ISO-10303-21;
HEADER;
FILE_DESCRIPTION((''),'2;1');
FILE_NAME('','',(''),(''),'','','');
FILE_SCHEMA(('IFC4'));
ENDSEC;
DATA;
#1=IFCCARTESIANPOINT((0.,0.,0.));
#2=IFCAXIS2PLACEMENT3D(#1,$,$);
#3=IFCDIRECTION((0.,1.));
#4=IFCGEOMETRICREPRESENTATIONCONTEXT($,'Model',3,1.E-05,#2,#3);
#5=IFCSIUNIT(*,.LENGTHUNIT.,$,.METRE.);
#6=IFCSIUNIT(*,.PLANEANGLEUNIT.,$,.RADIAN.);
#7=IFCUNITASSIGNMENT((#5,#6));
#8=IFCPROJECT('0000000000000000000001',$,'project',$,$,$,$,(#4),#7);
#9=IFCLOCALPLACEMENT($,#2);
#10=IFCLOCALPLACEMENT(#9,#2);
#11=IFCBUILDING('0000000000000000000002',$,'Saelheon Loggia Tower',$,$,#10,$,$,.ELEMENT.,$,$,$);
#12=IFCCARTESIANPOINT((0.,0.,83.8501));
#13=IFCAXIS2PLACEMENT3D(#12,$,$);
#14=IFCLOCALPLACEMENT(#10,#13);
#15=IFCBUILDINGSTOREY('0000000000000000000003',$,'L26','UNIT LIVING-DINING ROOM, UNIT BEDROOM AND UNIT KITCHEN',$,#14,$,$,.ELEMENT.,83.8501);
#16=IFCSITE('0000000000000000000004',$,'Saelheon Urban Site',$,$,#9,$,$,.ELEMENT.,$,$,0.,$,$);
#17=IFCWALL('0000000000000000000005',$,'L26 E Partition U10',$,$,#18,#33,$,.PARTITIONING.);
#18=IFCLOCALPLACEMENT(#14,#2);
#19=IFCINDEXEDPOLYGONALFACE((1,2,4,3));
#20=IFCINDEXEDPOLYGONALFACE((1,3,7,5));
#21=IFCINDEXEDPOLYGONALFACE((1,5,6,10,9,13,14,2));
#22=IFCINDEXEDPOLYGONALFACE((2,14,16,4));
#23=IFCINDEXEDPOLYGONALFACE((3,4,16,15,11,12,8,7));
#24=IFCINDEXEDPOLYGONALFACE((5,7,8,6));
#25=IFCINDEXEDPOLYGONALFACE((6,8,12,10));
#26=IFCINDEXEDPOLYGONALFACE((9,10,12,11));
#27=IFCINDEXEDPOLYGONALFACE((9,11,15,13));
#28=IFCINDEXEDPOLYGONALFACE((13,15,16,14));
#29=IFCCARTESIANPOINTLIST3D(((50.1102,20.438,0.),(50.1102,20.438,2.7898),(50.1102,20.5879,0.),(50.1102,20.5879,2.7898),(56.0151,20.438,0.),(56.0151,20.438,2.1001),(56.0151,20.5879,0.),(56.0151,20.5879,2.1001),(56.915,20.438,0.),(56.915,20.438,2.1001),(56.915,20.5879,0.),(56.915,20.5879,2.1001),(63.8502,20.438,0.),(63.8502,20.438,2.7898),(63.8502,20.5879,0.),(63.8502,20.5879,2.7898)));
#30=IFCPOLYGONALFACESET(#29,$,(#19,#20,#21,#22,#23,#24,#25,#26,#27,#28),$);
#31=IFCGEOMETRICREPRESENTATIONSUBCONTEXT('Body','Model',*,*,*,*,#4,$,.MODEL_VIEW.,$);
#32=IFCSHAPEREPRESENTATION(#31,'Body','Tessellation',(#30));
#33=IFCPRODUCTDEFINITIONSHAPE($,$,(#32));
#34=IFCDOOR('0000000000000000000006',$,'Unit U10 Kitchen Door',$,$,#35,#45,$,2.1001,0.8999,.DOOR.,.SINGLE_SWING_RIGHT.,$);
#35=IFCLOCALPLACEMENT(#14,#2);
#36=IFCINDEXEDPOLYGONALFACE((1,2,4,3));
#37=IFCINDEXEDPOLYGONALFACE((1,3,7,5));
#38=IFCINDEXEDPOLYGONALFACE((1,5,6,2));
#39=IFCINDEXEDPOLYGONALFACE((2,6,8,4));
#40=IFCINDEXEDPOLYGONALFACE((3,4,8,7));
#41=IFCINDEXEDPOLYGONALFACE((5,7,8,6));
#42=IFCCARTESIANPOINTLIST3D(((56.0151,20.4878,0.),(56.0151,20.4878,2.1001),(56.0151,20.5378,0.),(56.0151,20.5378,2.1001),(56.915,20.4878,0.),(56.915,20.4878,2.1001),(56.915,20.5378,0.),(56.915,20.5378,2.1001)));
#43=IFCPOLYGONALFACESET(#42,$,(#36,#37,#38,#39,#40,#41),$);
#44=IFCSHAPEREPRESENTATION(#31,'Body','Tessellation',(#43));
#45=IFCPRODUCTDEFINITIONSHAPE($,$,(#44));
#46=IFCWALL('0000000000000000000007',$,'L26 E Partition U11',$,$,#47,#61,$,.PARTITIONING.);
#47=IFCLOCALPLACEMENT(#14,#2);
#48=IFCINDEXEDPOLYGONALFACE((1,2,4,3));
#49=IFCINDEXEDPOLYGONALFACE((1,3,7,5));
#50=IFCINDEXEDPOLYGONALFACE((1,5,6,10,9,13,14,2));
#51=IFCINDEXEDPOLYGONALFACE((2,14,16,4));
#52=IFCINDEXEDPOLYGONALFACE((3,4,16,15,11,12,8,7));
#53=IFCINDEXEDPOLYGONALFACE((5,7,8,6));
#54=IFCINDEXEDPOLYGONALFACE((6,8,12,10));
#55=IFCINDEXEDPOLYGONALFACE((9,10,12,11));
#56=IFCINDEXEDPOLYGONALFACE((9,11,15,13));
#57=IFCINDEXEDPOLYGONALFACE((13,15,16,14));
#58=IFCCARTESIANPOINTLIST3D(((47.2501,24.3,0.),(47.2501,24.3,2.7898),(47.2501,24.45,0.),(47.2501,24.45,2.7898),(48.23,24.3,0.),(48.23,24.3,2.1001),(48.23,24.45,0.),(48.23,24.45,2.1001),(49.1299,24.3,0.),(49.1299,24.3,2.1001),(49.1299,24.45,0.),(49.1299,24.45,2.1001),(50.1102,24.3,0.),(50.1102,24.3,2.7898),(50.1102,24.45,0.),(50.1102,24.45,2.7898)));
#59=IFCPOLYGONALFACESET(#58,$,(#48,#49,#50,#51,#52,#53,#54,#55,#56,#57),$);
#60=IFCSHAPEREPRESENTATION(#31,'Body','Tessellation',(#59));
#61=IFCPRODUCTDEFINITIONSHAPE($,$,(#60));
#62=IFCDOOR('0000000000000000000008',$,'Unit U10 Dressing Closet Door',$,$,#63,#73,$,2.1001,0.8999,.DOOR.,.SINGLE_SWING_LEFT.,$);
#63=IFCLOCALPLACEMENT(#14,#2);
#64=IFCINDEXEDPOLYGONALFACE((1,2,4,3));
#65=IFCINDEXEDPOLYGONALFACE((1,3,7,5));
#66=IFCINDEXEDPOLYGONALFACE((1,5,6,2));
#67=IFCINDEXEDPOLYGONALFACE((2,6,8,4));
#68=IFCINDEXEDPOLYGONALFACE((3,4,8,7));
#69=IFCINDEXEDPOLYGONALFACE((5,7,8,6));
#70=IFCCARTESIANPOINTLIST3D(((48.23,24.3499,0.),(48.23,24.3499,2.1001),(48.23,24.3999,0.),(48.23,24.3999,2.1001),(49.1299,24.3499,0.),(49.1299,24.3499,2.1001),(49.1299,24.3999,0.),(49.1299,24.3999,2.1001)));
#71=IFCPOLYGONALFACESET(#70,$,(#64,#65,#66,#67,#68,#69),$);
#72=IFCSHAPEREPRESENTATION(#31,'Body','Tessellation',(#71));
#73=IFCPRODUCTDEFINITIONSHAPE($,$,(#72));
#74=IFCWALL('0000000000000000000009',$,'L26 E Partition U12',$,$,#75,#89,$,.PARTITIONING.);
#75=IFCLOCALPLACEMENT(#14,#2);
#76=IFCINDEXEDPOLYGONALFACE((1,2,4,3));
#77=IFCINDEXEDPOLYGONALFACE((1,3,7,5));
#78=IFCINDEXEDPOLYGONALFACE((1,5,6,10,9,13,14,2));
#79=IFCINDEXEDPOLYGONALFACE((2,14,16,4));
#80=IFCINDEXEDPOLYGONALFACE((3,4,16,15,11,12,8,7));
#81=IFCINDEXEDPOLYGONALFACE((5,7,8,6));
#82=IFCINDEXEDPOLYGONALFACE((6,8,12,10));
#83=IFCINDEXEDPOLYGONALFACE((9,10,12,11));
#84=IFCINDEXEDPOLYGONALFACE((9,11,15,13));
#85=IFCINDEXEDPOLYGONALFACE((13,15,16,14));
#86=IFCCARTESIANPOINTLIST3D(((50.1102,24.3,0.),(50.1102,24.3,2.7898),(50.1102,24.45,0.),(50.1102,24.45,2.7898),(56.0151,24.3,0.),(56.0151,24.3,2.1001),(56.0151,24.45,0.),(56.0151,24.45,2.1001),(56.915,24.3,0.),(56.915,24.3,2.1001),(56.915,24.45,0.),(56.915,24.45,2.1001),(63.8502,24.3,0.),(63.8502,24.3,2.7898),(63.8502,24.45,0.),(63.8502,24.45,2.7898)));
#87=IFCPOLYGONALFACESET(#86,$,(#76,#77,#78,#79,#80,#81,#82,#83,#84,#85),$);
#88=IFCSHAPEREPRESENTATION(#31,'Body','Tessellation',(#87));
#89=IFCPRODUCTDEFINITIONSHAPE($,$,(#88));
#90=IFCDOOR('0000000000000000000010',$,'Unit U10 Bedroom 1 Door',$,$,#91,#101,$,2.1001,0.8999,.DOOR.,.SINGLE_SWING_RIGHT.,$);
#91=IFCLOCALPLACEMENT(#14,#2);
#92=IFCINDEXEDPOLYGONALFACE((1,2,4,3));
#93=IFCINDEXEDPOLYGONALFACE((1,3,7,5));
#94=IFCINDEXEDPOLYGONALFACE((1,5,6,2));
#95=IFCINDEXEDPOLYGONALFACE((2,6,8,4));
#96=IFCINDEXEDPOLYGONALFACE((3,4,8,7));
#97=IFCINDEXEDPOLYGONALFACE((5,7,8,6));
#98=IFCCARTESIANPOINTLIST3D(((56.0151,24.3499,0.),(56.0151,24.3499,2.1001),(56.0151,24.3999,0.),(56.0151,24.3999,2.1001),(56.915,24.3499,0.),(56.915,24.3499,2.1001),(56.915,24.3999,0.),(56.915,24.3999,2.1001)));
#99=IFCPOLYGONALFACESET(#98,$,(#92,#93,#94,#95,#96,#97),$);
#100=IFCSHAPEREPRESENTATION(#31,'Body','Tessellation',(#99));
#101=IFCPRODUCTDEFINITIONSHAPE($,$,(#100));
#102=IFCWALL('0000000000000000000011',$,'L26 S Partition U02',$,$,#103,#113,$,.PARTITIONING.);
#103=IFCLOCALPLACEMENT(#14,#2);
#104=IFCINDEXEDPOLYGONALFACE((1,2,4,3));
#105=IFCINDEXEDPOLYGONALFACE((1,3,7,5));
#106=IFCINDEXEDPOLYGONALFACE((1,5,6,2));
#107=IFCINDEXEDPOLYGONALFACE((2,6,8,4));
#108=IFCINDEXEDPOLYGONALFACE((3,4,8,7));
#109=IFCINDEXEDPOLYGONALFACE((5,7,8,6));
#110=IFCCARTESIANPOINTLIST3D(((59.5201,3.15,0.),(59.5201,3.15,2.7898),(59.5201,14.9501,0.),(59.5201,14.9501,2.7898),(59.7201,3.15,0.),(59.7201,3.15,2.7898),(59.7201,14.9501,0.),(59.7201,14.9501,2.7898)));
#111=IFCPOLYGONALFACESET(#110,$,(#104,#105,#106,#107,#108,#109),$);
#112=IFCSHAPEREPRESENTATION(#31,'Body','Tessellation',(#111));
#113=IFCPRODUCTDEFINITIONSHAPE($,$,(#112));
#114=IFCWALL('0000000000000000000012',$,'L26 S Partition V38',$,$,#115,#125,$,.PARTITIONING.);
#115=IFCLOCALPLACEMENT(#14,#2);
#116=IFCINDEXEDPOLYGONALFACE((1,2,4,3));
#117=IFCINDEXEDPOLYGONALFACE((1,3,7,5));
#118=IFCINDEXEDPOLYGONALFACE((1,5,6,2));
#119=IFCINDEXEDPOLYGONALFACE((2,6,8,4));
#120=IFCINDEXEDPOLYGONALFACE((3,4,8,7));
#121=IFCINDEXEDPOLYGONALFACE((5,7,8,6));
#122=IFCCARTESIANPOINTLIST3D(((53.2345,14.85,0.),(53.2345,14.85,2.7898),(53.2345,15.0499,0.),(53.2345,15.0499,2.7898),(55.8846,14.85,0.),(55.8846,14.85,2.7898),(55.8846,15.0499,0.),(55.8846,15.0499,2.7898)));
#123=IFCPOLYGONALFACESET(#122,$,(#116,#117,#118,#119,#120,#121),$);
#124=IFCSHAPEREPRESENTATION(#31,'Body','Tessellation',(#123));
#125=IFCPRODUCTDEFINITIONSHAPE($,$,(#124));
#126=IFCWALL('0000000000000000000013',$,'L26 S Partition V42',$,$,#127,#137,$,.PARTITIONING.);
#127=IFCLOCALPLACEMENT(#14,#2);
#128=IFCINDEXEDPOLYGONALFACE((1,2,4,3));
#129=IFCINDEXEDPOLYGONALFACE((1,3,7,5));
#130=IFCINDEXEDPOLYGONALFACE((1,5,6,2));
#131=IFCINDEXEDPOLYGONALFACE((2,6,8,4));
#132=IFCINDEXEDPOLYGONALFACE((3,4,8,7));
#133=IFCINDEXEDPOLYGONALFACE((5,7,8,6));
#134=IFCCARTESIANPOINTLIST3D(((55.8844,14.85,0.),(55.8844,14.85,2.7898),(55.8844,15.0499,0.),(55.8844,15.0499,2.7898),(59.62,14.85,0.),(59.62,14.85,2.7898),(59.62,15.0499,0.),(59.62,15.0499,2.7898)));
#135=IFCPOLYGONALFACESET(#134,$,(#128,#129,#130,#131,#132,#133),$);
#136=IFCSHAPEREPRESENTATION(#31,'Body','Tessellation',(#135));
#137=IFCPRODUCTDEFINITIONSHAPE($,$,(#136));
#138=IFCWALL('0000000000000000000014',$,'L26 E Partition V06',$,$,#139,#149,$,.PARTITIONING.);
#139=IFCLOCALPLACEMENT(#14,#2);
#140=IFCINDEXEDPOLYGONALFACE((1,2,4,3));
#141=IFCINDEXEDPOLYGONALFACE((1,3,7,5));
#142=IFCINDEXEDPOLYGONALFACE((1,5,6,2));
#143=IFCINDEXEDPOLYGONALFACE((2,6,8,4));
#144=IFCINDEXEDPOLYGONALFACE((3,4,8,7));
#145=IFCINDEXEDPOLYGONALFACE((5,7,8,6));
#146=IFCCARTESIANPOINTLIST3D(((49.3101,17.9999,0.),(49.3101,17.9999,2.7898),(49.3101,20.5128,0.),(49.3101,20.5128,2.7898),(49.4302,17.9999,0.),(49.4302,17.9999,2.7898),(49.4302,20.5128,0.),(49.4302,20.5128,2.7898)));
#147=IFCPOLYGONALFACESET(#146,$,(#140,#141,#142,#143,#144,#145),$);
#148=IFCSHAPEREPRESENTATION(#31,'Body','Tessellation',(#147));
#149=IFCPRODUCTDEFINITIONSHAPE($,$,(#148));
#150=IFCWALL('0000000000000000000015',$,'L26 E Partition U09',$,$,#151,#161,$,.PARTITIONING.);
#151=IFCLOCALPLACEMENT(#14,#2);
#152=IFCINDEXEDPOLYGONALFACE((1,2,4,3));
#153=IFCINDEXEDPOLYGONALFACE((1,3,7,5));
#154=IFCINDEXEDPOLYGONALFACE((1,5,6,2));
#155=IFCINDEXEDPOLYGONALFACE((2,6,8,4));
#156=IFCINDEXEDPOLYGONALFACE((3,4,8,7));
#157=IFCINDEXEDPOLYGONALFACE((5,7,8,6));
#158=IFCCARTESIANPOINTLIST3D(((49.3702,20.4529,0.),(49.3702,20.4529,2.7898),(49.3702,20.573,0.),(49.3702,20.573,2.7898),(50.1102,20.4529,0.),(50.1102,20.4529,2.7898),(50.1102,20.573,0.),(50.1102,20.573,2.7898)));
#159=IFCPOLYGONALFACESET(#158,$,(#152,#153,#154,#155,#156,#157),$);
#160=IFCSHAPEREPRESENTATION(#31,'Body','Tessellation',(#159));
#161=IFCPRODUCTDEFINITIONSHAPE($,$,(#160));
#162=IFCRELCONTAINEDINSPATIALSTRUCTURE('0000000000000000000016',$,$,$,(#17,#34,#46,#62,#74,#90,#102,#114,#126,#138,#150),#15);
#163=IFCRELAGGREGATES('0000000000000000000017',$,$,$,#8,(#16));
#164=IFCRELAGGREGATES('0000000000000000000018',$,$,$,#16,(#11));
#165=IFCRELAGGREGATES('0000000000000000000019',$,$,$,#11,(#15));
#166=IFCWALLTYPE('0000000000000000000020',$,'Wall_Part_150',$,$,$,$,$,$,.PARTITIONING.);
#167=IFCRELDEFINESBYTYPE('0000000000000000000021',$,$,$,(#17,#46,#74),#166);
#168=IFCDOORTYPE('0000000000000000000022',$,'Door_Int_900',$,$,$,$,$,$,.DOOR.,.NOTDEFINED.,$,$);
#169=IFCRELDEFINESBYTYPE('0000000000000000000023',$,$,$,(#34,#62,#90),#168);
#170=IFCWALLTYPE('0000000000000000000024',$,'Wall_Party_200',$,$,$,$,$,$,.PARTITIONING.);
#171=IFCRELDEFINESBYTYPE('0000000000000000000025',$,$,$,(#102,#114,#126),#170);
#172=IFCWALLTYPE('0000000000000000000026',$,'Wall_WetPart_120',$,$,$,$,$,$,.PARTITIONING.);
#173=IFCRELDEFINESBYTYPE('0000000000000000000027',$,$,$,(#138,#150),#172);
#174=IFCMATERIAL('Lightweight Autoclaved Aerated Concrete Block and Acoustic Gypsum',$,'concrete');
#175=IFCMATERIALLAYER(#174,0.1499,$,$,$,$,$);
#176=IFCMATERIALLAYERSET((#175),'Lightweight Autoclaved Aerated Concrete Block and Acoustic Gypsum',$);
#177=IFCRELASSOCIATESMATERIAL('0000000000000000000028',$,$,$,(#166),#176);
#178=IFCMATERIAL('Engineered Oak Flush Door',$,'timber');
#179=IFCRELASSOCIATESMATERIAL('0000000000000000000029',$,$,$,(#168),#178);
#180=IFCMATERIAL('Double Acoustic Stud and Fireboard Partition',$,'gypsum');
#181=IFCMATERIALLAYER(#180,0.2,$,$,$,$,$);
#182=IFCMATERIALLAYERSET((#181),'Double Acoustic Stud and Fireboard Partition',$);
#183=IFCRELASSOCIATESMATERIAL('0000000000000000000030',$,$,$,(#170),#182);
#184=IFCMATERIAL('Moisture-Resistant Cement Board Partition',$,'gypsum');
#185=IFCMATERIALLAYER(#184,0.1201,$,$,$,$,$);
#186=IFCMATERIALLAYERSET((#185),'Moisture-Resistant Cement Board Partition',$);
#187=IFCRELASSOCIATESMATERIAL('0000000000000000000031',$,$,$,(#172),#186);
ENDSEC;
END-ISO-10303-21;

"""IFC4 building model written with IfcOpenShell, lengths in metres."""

from ifc_helpers import new_model, si_unit, direction, frame, frame_2d, origin, place, context, subcontext, project, spatial, rectangle, extrude, source, transform, mapped, material, layer, layer_set, type_object, element, fill, save


model = new_model("IFC4")

# Units and contexts
model_context = context("Model", 3, precision=1e-05, world=origin(), true_north=direction((0.0, 1.0)))
body_context = subcontext(model_context, "Body", "Model", "MODEL_VIEW")
ifc_project = project(units=[si_unit("LENGTHUNIT", "METRE"), si_unit("PLANEANGLEUNIT", "RADIAN")], contexts=[model_context])

# Site, building, storey
site_placement = place(None, origin())
site = spatial("IfcSite", under=ifc_project, at=site_placement, Name="Saelheon Urban Site", CompositionType="ELEMENT", RefElevation=0.0)
building_placement = place(site_placement, origin())
building = spatial("IfcBuilding", under=site, at=building_placement, Name="Saelheon Loggia Tower", CompositionType="ELEMENT")
storey_placement = place(building_placement, frame((0.0, 0.0, 83.8501)))
storey = spatial("IfcBuildingStorey", under=building, at=storey_placement, Name="L26", Description="UNIT LIVING-DINING ROOM, UNIT BEDROOM AND UNIT KITCHEN", CompositionType="ELEMENT", Elevation=83.8501)

# Shared definitions
ifc_material_1 = material(Name="Lightweight Autoclaved Aerated Concrete Block and Acoustic Gypsum", Category="concrete")
ifc_layer_1 = layer(ifc_material_1, 0.1499)
ifc_layer_set_1 = layer_set([ifc_layer_1], Name="Lightweight Autoclaved Aerated Concrete Block and Acoustic Gypsum")
wall_type_1 = type_object("IfcWallType", Name="Wall_Part_150", PredefinedType="PARTITIONING", material=ifc_layer_set_1)

# Shared definitions
ifc_material_2 = material(Name="Engineered Oak Flush Door", Category="timber")
door_type = type_object("IfcDoorType", Name="Door_Int_900", OperationType="NOTDEFINED", PredefinedType="DOOR", material=ifc_material_2)
shared_shape_1 = source(origin(), body_context, "Body", "SweptSolid", [
    extrude(rectangle(XDim=0.8999, YDim=2.1001, at=frame_2d((0.45, 1.05))), frame((0.0, 0.0249, 0.0), z_axis=(0.0, -1.0, 0.0), x_axis=(1.0, 0.0, 0.0)), (0.0, 0.0, 1.0), 0.05),
])

# Walls, openings, doors
wall_1_placement = place(storey_placement, frame((50.1101, 20.5129, 0.0), z_axis=(0.0, 0.0, 1.0), x_axis=(1.0, 0.0, 0.0)))
wall_1 = element("IfcWall", 1, at=wall_1_placement, inside=storey, type_object=wall_type_1, Name="L26 E Partition U10", PredefinedType="PARTITIONING", context=body_context, shape_type="SweptSolid", body=[
    extrude(rectangle(XDim=13.74, YDim=0.1499, at=frame_2d((6.8701, 0.0))), origin(), (0.0, 0.0, 1.0), 2.7898),
])
opening_1_placement = place(wall_1_placement, frame((5.905, 0.0, 0.0)))
opening_1 = element("IfcOpeningElement", 2, at=opening_1_placement, cuts=wall_1, PredefinedType="OPENING", context=body_context, shape_type="SweptSolid", body=[
    extrude(rectangle(XDim=0.8999, YDim=2.1001, at=frame_2d((0.45, 1.05))), frame((0.0, 0.0869, 0.0), z_axis=(0.0, -1.0, 0.0), x_axis=(1.0, 0.0, 0.0)), (0.0, 0.0, 1.0), 0.1738),
])
door_1_placement = place(opening_1_placement, origin())
door_1 = element("IfcDoor", 3, at=door_1_placement, inside=storey, type_object=door_type, Name="Unit U10 Kitchen Door", OperationType="SINGLE_SWING_RIGHT", OverallHeight=2.1001, OverallWidth=0.8999, PredefinedType="DOOR", context=body_context, shape_type="MappedRepresentation", body=[
    mapped(shared_shape_1, transform((0.0, 0.0, 0.0), scale=1.0)),
])
fill(opening_1, door_1)
wall_2_placement = place(storey_placement, frame((47.25, 24.375, 0.0), z_axis=(0.0, 0.0, 1.0), x_axis=(1.0, 0.0, 0.0)))
wall_2 = element("IfcWall", 4, at=wall_2_placement, inside=storey, type_object=wall_type_1, Name="L26 E Partition U11", PredefinedType="PARTITIONING", context=body_context, shape_type="SweptSolid", body=[
    extrude(rectangle(XDim=2.8601, YDim=0.1499, at=frame_2d((1.4302, 0.0))), origin(), (0.0, 0.0, 1.0), 2.7898),
])
opening_2_placement = place(wall_2_placement, frame((0.98, 0.0, 0.0)))
opening_2 = element("IfcOpeningElement", 5, at=opening_2_placement, cuts=wall_2, PredefinedType="OPENING", context=body_context, shape_type="SweptSolid", body=[
    extrude(rectangle(XDim=0.8999, YDim=2.1001, at=frame_2d((0.45, 1.05))), frame((0.0, 0.0869, 0.0), z_axis=(0.0, -1.0, 0.0), x_axis=(1.0, 0.0, 0.0)), (0.0, 0.0, 1.0), 0.1738),
])
door_2_placement = place(opening_2_placement, origin())
door_2 = element("IfcDoor", 6, at=door_2_placement, inside=storey, type_object=door_type, Name="Unit U10 Dressing Closet Door", OperationType="SINGLE_SWING_LEFT", OverallHeight=2.1001, OverallWidth=0.8999, PredefinedType="DOOR", context=body_context, shape_type="MappedRepresentation", body=[
    mapped(shared_shape_1, transform((0.0, 0.0, 0.0), scale=1.0)),
])
fill(opening_2, door_2)
wall_3_placement = place(storey_placement, frame((50.1101, 24.375, 0.0), z_axis=(0.0, 0.0, 1.0), x_axis=(1.0, 0.0, 0.0)))
wall_3 = element("IfcWall", 7, at=wall_3_placement, inside=storey, type_object=wall_type_1, Name="L26 E Partition U12", PredefinedType="PARTITIONING", context=body_context, shape_type="SweptSolid", body=[
    extrude(rectangle(XDim=13.74, YDim=0.1499, at=frame_2d((6.8701, 0.0))), origin(), (0.0, 0.0, 1.0), 2.7898),
])
opening_3_placement = place(wall_3_placement, frame((5.905, 0.0, 0.0)))
opening_3 = element("IfcOpeningElement", 8, at=opening_3_placement, cuts=wall_3, PredefinedType="OPENING", context=body_context, shape_type="SweptSolid", body=[
    extrude(rectangle(XDim=0.8999, YDim=2.1001, at=frame_2d((0.45, 1.05))), frame((0.0, 0.0869, 0.0), z_axis=(0.0, -1.0, 0.0), x_axis=(1.0, 0.0, 0.0)), (0.0, 0.0, 1.0), 0.1738),
])
door_3_placement = place(opening_3_placement, origin())
door_3 = element("IfcDoor", 9, at=door_3_placement, inside=storey, type_object=door_type, Name="Unit U10 Bedroom 1 Door", OperationType="SINGLE_SWING_RIGHT", OverallHeight=2.1001, OverallWidth=0.8999, PredefinedType="DOOR", context=body_context, shape_type="MappedRepresentation", body=[
    mapped(shared_shape_1, transform((0.0, 0.0, 0.0), scale=1.0)),
])
fill(opening_3, door_3)

# Walls
ifc_material_3 = material(Name="Double Acoustic Stud and Fireboard Partition", Category="gypsum")
ifc_layer_2 = layer(ifc_material_3, 0.2)
ifc_layer_set_2 = layer_set([ifc_layer_2], Name="Double Acoustic Stud and Fireboard Partition")
wall_type_2 = type_object("IfcWallType", Name="Wall_Party_200", PredefinedType="PARTITIONING", material=ifc_layer_set_2)
wall_4_placement = place(storey_placement, frame((59.6201, 14.95, 0.0), z_axis=(0.0, 0.0, 1.0), x_axis=(0.0, -1.0, 0.0)))
element("IfcWall", 10, at=wall_4_placement, inside=storey, type_object=wall_type_2, Name="L26 S Partition U02", PredefinedType="PARTITIONING", context=body_context, shape_type="SweptSolid", body=[
    extrude(rectangle(XDim=11.8, YDim=0.2, at=frame_2d((5.8999, 0.0))), origin(), (0.0, 0.0, 1.0), 2.7898),
])
wall_5_placement = place(storey_placement, frame((53.2344, 14.95, 0.0), z_axis=(0.0, 0.0, 1.0), x_axis=(1.0, 0.0, 0.0)))
element("IfcWall", 11, at=wall_5_placement, inside=storey, type_object=wall_type_2, Name="L26 S Partition V38", PredefinedType="PARTITIONING", context=body_context, shape_type="SweptSolid", body=[
    extrude(rectangle(XDim=2.6501, YDim=0.2, at=frame_2d((1.3252, 0.0))), origin(), (0.0, 0.0, 1.0), 2.7898),
])
wall_6_placement = place(storey_placement, frame((55.8845, 14.95, 0.0), z_axis=(0.0, 0.0, 1.0), x_axis=(1.0, 0.0, 0.0)))
element("IfcWall", 12, at=wall_6_placement, inside=storey, type_object=wall_type_2, Name="L26 S Partition V42", PredefinedType="PARTITIONING", context=body_context, shape_type="SweptSolid", body=[
    extrude(rectangle(XDim=3.7356, YDim=0.2, at=frame_2d((1.8677, 0.0))), origin(), (0.0, 0.0, 1.0), 2.7898),
])
ifc_material_4 = material(Name="Moisture-Resistant Cement Board Partition", Category="gypsum")
ifc_layer_3 = layer(ifc_material_4, 0.1201)
ifc_layer_set_3 = layer_set([ifc_layer_3], Name="Moisture-Resistant Cement Board Partition")
wall_type_3 = type_object("IfcWallType", Name="Wall_WetPart_120", PredefinedType="PARTITIONING", material=ifc_layer_set_3)
wall_7_placement = place(storey_placement, frame((49.3701, 18.0, 0.0), z_axis=(0.0, 0.0, 1.0), x_axis=(0.0, 1.0, 0.0)))
element("IfcWall", 13, at=wall_7_placement, inside=storey, type_object=wall_type_3, Name="L26 E Partition V06", PredefinedType="PARTITIONING", context=body_context, shape_type="SweptSolid", body=[
    extrude(rectangle(XDim=2.5129, YDim=0.1201, at=frame_2d((1.2563, 0.0))), origin(), (0.0, 0.0, 1.0), 2.7898),
])
wall_8_placement = place(storey_placement, frame((49.3701, 20.5129, 0.0), z_axis=(0.0, 0.0, 1.0), x_axis=(1.0, 0.0, 0.0)))
element("IfcWall", 14, at=wall_8_placement, inside=storey, type_object=wall_type_3, Name="L26 E Partition U09", PredefinedType="PARTITIONING", context=body_context, shape_type="SweptSolid", body=[
    extrude(rectangle(XDim=0.74, YDim=0.1201, at=frame_2d((0.3701, 0.0))), origin(), (0.0, 0.0, 1.0), 2.7898),
])

save(model, "model.ifc")
